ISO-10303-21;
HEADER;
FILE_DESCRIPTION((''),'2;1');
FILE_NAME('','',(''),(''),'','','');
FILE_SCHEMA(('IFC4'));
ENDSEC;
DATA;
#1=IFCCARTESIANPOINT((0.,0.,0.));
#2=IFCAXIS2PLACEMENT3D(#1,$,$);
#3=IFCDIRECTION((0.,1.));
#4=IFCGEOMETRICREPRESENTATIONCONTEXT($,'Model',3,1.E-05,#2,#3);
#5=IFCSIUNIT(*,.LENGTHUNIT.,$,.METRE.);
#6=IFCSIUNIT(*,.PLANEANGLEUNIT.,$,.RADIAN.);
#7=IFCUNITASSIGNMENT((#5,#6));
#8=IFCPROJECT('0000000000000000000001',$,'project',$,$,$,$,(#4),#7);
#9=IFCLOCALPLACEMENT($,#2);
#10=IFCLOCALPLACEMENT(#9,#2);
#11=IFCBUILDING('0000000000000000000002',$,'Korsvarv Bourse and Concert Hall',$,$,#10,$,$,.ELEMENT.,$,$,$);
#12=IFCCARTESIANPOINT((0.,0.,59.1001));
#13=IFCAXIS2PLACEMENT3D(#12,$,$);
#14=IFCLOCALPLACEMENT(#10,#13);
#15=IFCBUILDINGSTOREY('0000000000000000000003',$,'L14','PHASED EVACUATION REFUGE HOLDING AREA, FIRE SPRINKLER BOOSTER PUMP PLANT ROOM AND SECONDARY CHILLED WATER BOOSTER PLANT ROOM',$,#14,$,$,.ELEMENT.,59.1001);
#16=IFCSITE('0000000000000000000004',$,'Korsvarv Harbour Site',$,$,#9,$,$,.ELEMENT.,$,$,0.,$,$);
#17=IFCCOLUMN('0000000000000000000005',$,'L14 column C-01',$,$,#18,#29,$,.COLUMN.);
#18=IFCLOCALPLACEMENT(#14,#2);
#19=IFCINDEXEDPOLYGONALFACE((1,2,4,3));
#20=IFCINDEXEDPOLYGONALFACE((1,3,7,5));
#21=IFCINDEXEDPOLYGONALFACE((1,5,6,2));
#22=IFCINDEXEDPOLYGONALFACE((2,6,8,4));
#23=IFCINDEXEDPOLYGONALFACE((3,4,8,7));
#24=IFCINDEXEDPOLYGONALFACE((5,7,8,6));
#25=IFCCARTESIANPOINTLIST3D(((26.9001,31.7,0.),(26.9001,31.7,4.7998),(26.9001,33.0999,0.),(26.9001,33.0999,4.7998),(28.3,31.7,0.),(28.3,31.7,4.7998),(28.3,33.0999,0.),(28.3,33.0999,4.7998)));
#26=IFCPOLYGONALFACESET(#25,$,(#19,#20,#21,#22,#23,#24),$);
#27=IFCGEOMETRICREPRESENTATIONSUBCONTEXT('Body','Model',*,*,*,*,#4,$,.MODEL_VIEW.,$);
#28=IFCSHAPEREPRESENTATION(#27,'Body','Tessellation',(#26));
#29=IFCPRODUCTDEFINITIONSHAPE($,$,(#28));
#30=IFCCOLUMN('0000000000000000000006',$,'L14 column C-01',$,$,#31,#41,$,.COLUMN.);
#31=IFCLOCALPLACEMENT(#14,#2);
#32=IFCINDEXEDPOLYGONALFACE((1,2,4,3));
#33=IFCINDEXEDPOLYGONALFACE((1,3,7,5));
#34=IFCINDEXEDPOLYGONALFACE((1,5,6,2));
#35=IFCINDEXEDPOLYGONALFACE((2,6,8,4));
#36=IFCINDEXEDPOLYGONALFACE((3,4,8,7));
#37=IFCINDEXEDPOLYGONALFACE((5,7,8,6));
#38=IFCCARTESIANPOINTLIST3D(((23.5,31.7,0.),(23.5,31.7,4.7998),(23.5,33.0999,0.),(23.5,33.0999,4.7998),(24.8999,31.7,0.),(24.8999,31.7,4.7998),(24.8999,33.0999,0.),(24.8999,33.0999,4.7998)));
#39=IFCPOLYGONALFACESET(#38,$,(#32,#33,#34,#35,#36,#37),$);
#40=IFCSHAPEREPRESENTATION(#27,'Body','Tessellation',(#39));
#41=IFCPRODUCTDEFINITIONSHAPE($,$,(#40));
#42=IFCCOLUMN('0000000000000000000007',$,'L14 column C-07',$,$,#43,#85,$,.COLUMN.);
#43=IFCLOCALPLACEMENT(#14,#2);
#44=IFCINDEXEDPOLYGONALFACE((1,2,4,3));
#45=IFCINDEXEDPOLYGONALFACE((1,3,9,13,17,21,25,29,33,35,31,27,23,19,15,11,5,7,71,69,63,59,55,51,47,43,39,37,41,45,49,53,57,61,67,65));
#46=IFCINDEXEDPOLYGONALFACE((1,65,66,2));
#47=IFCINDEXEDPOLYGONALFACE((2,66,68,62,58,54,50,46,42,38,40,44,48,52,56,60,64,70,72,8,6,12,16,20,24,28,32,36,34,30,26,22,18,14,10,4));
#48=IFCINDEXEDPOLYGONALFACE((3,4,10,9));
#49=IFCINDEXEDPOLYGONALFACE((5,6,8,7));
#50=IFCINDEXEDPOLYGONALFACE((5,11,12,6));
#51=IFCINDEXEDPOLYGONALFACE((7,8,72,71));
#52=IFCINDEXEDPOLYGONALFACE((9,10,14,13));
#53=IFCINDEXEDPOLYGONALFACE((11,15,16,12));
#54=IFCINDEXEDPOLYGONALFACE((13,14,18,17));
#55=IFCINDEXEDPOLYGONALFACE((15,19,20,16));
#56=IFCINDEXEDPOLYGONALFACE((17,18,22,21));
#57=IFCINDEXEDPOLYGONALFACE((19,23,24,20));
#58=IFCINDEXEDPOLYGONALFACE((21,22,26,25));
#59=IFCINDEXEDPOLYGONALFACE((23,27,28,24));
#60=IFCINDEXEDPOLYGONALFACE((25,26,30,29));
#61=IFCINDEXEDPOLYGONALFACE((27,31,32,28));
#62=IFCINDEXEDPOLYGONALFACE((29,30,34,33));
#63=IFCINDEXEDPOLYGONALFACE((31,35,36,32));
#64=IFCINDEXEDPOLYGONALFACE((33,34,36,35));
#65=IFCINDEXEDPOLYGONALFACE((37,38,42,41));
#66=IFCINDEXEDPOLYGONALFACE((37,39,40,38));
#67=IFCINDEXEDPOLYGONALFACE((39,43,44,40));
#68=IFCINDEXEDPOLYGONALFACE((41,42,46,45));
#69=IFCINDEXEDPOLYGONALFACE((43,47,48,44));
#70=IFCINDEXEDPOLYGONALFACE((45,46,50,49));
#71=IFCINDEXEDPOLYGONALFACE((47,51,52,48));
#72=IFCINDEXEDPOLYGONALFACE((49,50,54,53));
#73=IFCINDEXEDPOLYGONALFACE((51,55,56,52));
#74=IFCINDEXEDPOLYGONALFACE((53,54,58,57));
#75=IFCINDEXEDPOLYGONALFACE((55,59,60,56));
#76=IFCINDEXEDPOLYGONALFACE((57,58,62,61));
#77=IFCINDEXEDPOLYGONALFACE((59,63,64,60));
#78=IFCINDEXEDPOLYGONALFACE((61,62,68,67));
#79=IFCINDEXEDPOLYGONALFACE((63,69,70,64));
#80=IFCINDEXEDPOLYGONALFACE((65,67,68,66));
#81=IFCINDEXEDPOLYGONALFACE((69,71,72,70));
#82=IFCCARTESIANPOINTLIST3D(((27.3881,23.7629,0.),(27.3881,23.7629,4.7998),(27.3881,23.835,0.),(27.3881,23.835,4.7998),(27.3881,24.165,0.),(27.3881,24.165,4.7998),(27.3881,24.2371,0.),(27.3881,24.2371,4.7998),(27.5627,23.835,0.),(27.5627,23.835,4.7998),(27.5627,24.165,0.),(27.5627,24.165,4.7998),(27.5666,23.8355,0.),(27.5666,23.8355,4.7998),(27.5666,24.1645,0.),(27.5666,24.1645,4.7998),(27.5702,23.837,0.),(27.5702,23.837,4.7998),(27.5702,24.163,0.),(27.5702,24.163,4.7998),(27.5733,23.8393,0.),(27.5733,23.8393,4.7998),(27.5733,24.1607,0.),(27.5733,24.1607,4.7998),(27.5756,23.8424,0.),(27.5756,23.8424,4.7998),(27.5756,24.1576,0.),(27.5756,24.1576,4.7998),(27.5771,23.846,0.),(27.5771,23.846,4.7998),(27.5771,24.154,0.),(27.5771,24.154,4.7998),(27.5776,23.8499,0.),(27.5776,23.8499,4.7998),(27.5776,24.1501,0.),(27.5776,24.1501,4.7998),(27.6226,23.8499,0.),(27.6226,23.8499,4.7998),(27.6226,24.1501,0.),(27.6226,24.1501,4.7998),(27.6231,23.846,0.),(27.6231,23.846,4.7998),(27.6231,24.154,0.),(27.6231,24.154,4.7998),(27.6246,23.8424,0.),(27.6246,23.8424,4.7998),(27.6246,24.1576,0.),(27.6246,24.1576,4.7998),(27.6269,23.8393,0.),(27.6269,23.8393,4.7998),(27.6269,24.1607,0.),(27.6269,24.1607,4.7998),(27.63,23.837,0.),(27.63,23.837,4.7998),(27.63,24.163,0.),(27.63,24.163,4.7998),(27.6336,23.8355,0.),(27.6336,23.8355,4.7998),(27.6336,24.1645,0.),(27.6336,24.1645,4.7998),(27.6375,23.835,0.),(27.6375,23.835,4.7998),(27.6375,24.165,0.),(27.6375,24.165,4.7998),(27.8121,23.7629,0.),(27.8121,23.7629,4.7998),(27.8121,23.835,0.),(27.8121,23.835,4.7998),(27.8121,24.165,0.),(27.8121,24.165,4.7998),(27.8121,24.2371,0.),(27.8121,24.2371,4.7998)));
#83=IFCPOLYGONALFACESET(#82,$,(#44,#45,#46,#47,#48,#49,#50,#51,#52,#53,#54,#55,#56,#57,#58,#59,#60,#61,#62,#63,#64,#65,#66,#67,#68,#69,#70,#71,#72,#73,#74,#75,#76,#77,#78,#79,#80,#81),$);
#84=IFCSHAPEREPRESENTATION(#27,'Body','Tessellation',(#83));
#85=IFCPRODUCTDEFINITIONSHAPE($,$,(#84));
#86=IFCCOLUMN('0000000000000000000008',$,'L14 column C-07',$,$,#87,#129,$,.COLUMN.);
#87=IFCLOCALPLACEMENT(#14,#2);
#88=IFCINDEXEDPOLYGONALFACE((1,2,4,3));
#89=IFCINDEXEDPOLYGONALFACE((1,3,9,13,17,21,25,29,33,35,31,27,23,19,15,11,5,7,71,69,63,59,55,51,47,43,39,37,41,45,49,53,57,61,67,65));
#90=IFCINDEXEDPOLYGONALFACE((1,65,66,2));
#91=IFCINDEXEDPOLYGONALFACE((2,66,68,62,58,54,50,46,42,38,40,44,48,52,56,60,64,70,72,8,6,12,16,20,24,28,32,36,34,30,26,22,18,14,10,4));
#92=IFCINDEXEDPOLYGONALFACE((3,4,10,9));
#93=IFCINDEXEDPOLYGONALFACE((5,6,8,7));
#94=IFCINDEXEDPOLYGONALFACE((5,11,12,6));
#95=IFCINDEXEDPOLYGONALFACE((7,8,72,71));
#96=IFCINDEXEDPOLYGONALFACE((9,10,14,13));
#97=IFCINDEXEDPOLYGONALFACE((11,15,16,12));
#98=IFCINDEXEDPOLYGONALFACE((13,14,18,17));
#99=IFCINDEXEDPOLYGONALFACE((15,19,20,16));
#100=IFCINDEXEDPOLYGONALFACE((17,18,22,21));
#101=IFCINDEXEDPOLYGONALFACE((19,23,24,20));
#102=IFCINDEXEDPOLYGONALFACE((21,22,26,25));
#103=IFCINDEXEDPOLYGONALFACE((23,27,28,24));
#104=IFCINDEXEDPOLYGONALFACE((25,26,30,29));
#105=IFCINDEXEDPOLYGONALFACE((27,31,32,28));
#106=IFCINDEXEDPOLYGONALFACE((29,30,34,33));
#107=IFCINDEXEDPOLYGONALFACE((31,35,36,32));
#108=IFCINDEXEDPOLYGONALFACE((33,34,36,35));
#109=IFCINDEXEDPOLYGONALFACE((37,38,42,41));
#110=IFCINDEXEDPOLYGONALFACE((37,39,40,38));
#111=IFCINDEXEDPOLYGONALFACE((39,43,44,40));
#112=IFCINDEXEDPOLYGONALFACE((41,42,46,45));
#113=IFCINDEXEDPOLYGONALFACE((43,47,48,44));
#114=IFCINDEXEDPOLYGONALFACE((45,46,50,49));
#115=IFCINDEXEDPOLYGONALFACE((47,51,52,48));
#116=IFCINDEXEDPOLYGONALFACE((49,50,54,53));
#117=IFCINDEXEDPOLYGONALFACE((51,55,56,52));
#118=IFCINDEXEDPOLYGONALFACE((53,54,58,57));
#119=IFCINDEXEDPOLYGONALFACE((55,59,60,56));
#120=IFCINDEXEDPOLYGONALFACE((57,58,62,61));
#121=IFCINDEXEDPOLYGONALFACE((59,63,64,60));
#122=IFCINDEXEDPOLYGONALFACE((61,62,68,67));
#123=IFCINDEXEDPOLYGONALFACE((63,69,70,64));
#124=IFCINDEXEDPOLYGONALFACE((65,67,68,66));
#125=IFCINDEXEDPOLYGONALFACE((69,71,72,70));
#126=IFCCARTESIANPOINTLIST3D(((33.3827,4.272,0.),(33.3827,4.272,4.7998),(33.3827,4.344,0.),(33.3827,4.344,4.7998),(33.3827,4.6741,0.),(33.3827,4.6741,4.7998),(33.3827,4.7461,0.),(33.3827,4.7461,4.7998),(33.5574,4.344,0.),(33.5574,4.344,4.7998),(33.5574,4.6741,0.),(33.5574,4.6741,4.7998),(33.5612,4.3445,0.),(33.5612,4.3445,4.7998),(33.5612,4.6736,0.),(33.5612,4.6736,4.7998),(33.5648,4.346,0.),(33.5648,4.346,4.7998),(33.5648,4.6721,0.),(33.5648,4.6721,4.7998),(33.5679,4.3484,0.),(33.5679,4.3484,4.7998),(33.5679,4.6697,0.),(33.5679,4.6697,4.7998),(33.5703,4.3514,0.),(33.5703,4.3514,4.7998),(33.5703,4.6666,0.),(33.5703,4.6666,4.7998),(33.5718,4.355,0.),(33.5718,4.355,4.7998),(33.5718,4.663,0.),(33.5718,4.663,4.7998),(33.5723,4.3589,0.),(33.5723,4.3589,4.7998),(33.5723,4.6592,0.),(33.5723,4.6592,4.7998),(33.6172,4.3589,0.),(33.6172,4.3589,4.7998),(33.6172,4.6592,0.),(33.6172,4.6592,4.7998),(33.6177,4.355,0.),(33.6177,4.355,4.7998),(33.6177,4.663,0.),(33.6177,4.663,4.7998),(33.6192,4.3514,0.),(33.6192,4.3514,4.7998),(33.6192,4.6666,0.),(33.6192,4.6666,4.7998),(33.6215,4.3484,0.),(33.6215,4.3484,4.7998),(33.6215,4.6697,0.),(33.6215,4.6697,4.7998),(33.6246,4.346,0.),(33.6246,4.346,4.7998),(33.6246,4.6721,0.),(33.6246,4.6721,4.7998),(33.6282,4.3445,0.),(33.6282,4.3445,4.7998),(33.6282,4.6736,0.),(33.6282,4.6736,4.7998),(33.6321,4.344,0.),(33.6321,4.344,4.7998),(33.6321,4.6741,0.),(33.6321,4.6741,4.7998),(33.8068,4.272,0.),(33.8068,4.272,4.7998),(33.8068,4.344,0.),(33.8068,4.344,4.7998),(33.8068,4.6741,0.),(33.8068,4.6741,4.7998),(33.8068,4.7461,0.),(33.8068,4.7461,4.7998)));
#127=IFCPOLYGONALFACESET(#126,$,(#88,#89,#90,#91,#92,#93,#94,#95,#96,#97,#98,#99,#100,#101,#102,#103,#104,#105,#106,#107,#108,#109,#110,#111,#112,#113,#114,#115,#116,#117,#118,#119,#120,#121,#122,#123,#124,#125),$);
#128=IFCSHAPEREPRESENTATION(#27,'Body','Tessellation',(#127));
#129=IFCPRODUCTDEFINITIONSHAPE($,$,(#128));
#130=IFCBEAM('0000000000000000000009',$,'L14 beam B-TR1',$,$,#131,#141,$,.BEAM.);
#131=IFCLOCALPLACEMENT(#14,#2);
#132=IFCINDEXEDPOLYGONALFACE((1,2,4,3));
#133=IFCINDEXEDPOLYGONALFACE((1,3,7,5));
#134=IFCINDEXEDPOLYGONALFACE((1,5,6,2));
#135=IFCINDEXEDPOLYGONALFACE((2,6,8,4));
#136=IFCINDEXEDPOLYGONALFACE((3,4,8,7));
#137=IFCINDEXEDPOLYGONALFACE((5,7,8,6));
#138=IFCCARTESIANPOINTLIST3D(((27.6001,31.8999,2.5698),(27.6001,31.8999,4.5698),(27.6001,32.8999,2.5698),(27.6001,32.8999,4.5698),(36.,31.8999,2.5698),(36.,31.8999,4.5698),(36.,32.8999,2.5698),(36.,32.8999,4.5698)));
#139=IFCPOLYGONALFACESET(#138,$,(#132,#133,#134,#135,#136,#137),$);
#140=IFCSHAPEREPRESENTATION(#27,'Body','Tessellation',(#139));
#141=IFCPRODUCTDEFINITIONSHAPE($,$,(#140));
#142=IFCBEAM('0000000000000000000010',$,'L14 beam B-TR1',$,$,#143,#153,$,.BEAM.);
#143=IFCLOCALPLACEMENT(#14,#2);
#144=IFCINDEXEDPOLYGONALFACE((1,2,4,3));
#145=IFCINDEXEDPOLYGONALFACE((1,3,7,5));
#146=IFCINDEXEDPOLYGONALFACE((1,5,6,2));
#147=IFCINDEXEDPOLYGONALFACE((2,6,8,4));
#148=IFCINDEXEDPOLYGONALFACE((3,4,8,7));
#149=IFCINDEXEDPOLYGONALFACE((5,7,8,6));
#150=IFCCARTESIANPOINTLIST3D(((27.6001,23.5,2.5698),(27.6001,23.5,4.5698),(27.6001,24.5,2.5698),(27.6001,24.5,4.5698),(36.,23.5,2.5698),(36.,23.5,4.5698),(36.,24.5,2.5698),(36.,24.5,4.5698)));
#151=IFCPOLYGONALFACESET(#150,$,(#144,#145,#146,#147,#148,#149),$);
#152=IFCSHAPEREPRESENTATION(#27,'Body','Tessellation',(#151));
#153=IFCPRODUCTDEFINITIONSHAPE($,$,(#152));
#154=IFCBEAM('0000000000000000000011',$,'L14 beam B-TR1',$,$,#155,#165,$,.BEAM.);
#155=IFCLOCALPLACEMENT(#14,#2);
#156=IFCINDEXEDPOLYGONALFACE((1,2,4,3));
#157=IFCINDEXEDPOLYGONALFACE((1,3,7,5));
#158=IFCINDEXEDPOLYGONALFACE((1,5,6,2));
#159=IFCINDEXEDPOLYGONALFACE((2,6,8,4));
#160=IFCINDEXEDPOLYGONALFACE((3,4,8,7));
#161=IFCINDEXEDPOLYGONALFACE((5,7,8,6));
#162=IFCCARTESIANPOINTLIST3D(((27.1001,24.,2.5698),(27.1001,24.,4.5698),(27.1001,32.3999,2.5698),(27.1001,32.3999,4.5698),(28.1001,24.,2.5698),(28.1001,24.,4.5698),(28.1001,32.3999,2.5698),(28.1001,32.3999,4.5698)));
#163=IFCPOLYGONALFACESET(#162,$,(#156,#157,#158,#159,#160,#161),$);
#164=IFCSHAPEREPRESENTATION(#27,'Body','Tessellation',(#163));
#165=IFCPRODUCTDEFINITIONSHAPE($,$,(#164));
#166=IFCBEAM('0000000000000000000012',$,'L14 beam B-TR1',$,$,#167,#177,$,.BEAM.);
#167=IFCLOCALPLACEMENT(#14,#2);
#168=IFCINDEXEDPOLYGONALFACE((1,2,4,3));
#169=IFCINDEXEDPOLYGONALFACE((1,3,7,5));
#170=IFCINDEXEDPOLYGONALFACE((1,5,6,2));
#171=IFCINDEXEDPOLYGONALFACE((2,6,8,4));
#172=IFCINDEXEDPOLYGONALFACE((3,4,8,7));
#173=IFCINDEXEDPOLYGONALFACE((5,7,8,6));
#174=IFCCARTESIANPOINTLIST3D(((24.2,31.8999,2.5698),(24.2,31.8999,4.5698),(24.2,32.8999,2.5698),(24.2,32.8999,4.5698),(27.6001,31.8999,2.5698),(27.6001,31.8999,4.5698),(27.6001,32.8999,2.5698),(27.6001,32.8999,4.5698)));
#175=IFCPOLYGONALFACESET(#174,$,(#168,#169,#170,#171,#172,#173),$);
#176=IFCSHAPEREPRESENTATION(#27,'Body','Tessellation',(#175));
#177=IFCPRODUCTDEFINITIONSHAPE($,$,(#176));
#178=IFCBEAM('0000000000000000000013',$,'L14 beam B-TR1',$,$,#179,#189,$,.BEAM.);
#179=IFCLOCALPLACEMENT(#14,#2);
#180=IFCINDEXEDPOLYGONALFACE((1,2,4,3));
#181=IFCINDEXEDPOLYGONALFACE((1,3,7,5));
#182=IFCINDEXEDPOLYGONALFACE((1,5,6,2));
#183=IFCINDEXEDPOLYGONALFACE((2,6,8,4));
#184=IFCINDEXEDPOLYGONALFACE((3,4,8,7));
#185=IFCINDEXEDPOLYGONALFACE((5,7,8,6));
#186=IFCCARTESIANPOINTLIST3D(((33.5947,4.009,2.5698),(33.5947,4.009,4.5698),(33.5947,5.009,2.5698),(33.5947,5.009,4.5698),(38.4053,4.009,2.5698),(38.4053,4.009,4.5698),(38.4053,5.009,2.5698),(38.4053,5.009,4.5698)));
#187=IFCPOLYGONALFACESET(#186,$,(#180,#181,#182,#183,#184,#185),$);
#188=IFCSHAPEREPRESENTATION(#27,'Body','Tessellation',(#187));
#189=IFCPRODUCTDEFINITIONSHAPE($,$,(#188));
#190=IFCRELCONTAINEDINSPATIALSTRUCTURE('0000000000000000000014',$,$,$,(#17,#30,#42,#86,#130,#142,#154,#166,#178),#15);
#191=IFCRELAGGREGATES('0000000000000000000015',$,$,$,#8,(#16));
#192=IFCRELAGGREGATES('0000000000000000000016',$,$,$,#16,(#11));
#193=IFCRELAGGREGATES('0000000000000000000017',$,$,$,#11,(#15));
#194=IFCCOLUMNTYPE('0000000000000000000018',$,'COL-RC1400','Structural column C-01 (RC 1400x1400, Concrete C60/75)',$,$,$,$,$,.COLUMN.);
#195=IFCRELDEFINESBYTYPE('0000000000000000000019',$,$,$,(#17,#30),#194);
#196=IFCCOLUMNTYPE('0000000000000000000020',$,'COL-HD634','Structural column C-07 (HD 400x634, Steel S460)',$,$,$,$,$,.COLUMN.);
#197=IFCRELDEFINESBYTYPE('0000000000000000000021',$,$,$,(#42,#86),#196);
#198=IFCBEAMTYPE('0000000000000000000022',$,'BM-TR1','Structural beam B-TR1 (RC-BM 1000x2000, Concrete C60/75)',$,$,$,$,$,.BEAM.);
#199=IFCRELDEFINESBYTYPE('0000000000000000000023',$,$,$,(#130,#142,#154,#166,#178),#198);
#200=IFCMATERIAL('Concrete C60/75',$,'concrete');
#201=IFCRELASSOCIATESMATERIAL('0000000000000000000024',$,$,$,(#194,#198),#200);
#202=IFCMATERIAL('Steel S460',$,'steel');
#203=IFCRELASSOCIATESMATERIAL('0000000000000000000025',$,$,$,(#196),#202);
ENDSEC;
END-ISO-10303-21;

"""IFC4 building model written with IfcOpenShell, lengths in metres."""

from ifc_helpers import new_model, si_unit, direction, frame, origin, origin_2d, place, context, subcontext, project, spatial, rectangle, i_section, extrude, source, transform, mapped, material, material_profile, profile_set, type_object, element, save


model = new_model("IFC4")

# Units and contexts
model_context = context("Model", 3, precision=1e-05, world=origin(), true_north=direction((0.0, 1.0)))
body_context = subcontext(model_context, "Body", "Model", "MODEL_VIEW")
ifc_project = project(units=[si_unit("LENGTHUNIT", "METRE"), si_unit("PLANEANGLEUNIT", "RADIAN")], contexts=[model_context])

# Site, building, storey
site_placement = place(None, origin())
site = spatial("IfcSite", under=ifc_project, at=site_placement, Name="Korsvarv Harbour Site", CompositionType="ELEMENT", RefElevation=0.0)
building_placement = place(site_placement, origin())
building = spatial("IfcBuilding", under=site, at=building_placement, Name="Korsvarv Bourse and Concert Hall", CompositionType="ELEMENT")
storey_placement = place(building_placement, frame((0.0, 0.0, 59.1001)))
storey = spatial("IfcBuildingStorey", under=building, at=storey_placement, Name="L14", Description="PHASED EVACUATION REFUGE HOLDING AREA, FIRE SPRINKLER BOOSTER PUMP PLANT ROOM AND SECONDARY CHILLED WATER BOOSTER PLANT ROOM", CompositionType="ELEMENT", Elevation=59.1001)

# Columns
ifc_material_1 = material(Name="Concrete C60/75", Category="concrete")
ifc_material_profile_1 = material_profile(ifc_material_1, rectangle(XDim=1.3999, YDim=1.3999, at=origin_2d()), Name="RC 1400x1400")
ifc_profile_set_1 = profile_set([ifc_material_profile_1], Name="Concrete C60/75")
column_type_1 = type_object("IfcColumnType", Name="COL-RC1400", Description="Structural column C-01 (RC 1400x1400, Concrete C60/75)", PredefinedType="COLUMN", material=ifc_profile_set_1)
shared_shape_1 = source(origin(), body_context, "Body", "SweptSolid", [
    extrude(rectangle(XDim=1.3999, YDim=1.3999, at=origin_2d()), origin(), (0.0, 0.0, 1.0), 4.7998),
])
for number, where, z_axis, x_axis, name in (
    (1, (27.6001, 32.3999, 0.0), (0.0, 0.0, 1.0), (1.0, 0.0, 0.0), "L14 column C-01"),
    (2, (24.2, 32.3999, 0.0), (0.0, 0.0, 1.0), (1.0, 0.0, 0.0), "L14 column C-01"),
):
    element("IfcColumn", number, at=place(storey_placement, frame(where, z_axis=z_axis, x_axis=x_axis)), inside=storey, type_object=column_type_1, Name=name, PredefinedType="COLUMN", context=body_context, shape_type="MappedRepresentation", body=[
        mapped(shared_shape_1, transform((0.0, 0.0, 0.0), scale=1.0)),
    ])
ifc_material_2 = material(Name="Steel S460", Category="steel")
ifc_material_profile_2 = material_profile(ifc_material_2, i_section(OverallWidth=0.4241, OverallDepth=0.4741, WebThickness=0.0449, FlangeThickness=0.072, FilletRadius=0.0149, at=origin_2d()), Name="HD 400x634")
ifc_profile_set_2 = profile_set([ifc_material_profile_2], Name="Steel S460")
column_type_2 = type_object("IfcColumnType", Name="COL-HD634", Description="Structural column C-07 (HD 400x634, Steel S460)", PredefinedType="COLUMN", material=ifc_profile_set_2)
shared_shape_2 = source(origin(), body_context, "Body", "SweptSolid", [
    extrude(i_section(OverallWidth=0.4241, OverallDepth=0.4741, WebThickness=0.0449, FlangeThickness=0.072, FilletRadius=0.0149, at=origin_2d()), origin(), (0.0, 0.0, 1.0), 4.7998),
])
for number, where, z_axis, x_axis, name in (
    (3, (27.6001, 24.0, 0.0), (0.0, 0.0, 1.0), (1.0, 0.0, 0.0), "L14 column C-07"),
    (4, (33.5947, 4.509, 0.0), (0.0, 0.0, 1.0), (1.0, 0.0, 0.0), "L14 column C-07"),
):
    element("IfcColumn", number, at=place(storey_placement, frame(where, z_axis=z_axis, x_axis=x_axis)), inside=storey, type_object=column_type_2, Name=name, PredefinedType="COLUMN", context=body_context, shape_type="MappedRepresentation", body=[
        mapped(shared_shape_2, transform((0.0, 0.0, 0.0), scale=1.0)),
    ])

# Beams
ifc_material_profile_3 = material_profile(ifc_material_1, rectangle(XDim=1.0, YDim=2.0, at=origin_2d()), Name="RC-BM 1000x2000")
ifc_profile_set_3 = profile_set([ifc_material_profile_3], Name="Concrete C60/75")
beam_type = type_object("IfcBeamType", Name="BM-TR1", Description="Structural beam B-TR1 (RC-BM 1000x2000, Concrete C60/75)", PredefinedType="BEAM", material=ifc_profile_set_3)
shared_shape_3 = source(origin(), body_context, "Body", "SweptSolid", [
    extrude(rectangle(XDim=1.0, YDim=2.0, at=origin_2d()), origin(), (0.0, 0.0, 1.0), 8.3999),
])
for number, where, z_axis, x_axis, name in (
    (5, (27.6001, 32.3999, 3.5698), (1.0, 0.0, 0.0), (0.0, 1.0, 0.0), "L14 beam B-TR1"),
    (6, (27.6001, 24.0, 3.5698), (1.0, 0.0, 0.0), (0.0, 1.0, 0.0), "L14 beam B-TR1"),
    (7, (27.6001, 24.0, 3.5698), (0.0, 1.0, 0.0), (-1.0, 0.0, 0.0), "L14 beam B-TR1"),
):
    element("IfcBeam", number, at=place(storey_placement, frame(where, z_axis=z_axis, x_axis=x_axis)), inside=storey, type_object=beam_type, Name=name, PredefinedType="BEAM", context=body_context, shape_type="MappedRepresentation", body=[
        mapped(shared_shape_3, transform((0.0, 0.0, 0.0), scale=1.0)),
    ])
shared_shape_4 = source(origin(), body_context, "Body", "SweptSolid", [
    extrude(rectangle(XDim=1.0, YDim=2.0, at=origin_2d()), origin(), (0.0, 0.0, 1.0), 3.4001),
])
beam_1_placement = place(storey_placement, frame((24.2, 32.3999, 3.5698), z_axis=(1.0, 0.0, 0.0), x_axis=(0.0, 1.0, 0.0)))
element("IfcBeam", 8, at=beam_1_placement, inside=storey, type_object=beam_type, Name="L14 beam B-TR1", PredefinedType="BEAM", context=body_context, shape_type="MappedRepresentation", body=[
    mapped(shared_shape_4, transform((0.0, 0.0, 0.0), scale=1.0)),
])
shared_shape_5 = source(origin(), body_context, "Body", "SweptSolid", [
    extrude(rectangle(XDim=1.0, YDim=2.0, at=origin_2d()), origin(), (0.0, 0.0, 1.0), 4.8105),
])
beam_2_placement = place(storey_placement, frame((33.5947, 4.509, 3.5698), z_axis=(1.0, 0.0, 0.0), x_axis=(0.0, 1.0, 0.0)))
element("IfcBeam", 9, at=beam_2_placement, inside=storey, type_object=beam_type, Name="L14 beam B-TR1", PredefinedType="BEAM", context=body_context, shape_type="MappedRepresentation", body=[
    mapped(shared_shape_5, transform((0.0, 0.0, 0.0), scale=1.0)),
])

save(model, "model.ifc")
